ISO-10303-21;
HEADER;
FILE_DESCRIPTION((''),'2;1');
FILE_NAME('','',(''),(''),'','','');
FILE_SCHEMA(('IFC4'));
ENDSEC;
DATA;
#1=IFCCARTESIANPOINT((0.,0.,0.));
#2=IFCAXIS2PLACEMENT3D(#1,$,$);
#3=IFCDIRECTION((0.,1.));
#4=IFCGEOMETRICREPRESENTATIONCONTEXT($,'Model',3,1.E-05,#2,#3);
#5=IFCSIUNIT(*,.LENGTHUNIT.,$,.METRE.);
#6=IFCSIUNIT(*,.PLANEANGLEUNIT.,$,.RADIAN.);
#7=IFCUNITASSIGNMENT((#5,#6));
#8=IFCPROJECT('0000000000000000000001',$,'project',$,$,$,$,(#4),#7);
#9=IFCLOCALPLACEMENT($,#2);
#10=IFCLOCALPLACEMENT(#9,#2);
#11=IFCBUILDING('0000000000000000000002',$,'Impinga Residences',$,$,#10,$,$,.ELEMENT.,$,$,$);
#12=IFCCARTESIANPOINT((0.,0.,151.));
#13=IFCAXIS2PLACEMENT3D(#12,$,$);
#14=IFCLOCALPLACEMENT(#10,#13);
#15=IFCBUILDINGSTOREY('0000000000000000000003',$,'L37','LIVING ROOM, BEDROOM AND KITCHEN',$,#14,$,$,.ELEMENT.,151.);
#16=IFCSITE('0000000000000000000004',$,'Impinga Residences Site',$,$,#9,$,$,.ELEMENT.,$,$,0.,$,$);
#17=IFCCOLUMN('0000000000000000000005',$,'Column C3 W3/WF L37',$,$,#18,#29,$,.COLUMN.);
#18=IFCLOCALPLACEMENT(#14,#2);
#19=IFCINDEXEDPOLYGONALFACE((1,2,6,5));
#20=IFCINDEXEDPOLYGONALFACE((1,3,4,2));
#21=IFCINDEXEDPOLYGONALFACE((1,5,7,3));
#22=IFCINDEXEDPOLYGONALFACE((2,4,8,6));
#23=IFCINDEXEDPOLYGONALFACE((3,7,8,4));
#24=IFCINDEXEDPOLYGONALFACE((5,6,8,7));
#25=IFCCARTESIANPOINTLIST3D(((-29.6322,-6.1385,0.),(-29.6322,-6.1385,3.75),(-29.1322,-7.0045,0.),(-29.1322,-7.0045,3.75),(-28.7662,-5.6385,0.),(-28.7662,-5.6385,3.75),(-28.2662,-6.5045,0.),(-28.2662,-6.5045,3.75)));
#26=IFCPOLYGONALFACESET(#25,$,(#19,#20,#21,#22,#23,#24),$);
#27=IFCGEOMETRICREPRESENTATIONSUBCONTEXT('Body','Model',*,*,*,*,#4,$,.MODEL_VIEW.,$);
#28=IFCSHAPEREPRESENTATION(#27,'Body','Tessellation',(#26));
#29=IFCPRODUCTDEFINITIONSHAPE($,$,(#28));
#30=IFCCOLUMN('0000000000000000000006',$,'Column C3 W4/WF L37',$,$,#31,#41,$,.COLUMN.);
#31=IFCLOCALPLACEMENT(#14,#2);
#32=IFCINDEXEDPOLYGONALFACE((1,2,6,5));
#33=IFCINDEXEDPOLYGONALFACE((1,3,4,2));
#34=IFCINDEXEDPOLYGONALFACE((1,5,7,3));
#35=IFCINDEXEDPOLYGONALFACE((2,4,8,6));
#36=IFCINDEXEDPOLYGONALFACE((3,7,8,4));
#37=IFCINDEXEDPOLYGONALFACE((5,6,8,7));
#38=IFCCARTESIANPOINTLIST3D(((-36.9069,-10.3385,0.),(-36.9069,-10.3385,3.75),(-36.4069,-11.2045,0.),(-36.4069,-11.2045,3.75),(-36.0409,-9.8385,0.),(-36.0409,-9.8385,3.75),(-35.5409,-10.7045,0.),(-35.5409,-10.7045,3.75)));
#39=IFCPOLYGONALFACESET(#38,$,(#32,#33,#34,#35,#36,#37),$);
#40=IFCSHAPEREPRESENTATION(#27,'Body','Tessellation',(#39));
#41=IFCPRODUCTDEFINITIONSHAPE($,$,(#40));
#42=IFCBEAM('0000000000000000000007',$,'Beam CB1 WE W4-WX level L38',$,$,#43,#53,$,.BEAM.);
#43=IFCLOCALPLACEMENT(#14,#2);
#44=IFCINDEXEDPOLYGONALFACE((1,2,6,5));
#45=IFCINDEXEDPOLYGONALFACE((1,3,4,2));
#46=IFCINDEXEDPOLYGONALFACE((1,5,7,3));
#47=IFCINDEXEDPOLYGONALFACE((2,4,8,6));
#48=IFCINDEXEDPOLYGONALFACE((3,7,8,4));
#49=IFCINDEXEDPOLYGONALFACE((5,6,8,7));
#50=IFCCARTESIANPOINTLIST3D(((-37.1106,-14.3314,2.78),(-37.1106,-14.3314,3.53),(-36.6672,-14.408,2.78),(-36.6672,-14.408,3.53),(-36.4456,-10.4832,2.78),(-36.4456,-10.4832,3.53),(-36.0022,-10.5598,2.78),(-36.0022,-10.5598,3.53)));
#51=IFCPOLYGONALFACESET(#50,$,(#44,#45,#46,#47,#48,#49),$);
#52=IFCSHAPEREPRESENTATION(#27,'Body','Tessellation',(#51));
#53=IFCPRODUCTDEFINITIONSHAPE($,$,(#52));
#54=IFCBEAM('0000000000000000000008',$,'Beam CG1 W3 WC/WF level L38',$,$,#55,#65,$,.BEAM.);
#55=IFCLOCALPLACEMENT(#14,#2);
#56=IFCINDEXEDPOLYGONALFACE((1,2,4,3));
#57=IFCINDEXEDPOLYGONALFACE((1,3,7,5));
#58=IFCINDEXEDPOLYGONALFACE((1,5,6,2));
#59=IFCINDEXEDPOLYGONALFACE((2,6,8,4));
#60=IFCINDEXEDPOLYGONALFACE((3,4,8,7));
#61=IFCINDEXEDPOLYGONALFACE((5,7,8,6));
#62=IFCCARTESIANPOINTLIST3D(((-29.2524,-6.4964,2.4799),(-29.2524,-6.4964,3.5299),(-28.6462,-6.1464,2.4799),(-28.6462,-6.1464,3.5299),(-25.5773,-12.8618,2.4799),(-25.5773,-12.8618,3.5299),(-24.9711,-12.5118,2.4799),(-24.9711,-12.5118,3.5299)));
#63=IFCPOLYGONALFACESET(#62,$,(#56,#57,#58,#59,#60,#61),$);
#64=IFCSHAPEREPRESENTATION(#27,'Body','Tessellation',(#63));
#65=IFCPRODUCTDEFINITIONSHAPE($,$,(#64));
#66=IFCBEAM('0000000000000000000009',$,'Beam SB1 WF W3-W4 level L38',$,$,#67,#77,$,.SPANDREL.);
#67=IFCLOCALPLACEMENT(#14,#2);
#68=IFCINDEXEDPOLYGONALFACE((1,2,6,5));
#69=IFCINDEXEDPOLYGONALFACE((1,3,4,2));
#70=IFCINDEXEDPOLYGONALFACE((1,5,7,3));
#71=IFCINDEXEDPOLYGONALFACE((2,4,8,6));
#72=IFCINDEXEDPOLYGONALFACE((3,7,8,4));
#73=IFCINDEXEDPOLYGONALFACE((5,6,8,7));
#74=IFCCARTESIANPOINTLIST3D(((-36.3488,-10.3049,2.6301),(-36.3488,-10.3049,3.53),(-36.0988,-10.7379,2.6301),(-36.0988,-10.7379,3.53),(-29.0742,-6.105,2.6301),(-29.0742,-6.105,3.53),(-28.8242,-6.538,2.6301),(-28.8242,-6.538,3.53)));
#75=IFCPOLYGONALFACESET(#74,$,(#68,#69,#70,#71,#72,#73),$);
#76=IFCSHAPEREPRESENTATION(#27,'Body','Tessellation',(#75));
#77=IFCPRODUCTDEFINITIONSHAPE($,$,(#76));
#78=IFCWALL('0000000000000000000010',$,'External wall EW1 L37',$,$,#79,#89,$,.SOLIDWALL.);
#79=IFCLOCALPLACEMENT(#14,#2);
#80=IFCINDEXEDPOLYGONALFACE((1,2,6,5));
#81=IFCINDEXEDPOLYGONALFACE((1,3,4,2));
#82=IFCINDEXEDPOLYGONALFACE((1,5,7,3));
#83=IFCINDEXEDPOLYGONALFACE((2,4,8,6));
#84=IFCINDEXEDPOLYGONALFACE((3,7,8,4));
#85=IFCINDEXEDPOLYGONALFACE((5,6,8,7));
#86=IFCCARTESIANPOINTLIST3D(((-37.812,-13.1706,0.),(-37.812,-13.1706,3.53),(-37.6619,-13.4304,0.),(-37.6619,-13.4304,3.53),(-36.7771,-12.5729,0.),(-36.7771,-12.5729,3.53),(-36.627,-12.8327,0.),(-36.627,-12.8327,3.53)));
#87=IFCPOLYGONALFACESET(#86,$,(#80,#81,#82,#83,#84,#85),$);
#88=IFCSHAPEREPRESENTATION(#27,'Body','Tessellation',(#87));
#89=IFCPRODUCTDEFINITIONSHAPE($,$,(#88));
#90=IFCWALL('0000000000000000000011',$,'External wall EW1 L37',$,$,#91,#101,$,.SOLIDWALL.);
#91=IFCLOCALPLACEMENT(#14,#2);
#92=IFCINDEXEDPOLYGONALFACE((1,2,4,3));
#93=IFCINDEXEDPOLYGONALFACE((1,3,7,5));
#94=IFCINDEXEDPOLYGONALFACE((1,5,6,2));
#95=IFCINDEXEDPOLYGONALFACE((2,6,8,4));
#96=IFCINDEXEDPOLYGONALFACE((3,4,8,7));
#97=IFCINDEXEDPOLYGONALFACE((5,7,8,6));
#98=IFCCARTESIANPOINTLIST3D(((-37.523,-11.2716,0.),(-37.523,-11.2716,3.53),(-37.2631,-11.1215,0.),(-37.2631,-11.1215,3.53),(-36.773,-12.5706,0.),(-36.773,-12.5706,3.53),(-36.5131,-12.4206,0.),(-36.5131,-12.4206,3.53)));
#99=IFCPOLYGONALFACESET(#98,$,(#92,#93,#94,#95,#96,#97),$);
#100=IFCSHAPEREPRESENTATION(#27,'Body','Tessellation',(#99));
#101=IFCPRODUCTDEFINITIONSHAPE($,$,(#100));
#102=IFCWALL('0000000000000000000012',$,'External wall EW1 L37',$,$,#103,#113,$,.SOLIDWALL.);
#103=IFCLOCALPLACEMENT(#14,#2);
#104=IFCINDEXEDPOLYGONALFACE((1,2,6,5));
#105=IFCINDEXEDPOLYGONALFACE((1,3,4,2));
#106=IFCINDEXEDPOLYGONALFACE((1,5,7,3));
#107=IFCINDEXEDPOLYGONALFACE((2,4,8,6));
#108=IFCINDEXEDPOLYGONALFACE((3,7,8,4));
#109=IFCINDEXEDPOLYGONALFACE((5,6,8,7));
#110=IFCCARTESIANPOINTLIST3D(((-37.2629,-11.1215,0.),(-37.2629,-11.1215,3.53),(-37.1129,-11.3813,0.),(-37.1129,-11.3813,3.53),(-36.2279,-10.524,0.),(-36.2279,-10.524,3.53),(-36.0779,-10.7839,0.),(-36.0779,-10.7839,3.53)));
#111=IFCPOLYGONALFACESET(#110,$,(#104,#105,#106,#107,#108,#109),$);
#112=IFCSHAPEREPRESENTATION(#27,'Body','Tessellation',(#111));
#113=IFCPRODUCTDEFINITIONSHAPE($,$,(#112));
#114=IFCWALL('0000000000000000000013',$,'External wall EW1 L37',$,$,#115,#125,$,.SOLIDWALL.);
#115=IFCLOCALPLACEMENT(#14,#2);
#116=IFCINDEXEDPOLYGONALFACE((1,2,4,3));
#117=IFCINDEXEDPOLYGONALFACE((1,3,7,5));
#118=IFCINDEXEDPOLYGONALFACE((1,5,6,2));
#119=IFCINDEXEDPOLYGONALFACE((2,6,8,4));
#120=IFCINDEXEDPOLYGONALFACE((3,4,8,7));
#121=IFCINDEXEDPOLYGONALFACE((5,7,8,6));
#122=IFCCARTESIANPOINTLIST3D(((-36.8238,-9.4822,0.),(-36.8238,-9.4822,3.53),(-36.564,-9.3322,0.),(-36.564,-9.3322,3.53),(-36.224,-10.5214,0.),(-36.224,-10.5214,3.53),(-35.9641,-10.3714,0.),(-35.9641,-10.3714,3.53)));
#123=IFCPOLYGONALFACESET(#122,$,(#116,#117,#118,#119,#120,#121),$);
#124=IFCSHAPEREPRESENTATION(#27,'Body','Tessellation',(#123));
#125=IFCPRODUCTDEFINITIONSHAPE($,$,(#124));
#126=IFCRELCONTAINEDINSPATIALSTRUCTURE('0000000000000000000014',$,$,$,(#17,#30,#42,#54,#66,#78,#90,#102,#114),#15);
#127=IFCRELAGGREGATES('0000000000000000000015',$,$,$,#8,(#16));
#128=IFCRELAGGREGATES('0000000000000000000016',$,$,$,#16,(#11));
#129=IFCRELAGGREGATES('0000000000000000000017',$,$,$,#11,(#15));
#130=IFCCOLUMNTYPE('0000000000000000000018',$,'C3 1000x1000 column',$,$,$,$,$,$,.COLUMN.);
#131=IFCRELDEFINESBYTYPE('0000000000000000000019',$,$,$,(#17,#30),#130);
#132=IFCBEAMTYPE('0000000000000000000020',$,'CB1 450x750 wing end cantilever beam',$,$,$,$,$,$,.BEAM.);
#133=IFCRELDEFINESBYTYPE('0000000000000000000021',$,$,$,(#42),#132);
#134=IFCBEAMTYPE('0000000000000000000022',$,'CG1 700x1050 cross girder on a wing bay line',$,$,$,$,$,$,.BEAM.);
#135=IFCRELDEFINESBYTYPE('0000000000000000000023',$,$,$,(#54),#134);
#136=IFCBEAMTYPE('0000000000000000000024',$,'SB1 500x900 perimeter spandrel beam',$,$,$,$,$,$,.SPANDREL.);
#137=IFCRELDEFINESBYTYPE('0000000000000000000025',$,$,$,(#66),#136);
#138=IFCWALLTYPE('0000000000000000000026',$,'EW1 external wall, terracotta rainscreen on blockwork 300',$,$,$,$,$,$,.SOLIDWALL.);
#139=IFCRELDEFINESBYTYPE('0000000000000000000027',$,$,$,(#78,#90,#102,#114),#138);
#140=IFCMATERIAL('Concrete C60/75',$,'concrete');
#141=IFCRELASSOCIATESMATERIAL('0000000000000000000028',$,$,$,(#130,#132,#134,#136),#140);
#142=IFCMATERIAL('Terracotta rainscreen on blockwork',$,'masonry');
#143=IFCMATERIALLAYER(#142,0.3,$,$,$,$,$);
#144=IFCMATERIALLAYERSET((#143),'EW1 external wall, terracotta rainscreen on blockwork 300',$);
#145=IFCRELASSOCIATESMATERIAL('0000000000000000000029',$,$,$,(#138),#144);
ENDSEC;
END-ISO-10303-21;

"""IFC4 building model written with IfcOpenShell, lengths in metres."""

from ifc_helpers import new_model, si_unit, direction, frame, frame_2d, origin, origin_2d, place, context, subcontext, project, spatial, rectangle, extrude, material, layer, layer_set, material_profile, profile_set, type_object, element, save


model = new_model("IFC4")

# Units and contexts
model_context = context("Model", 3, precision=1e-05, world=origin(), true_north=direction((0.0, 1.0)))
body_context = subcontext(model_context, "Body", "Model", "MODEL_VIEW")
ifc_project = project(units=[si_unit("LENGTHUNIT", "METRE"), si_unit("PLANEANGLEUNIT", "RADIAN")], contexts=[model_context])

# Site, building, storey
site_placement = place(None, origin())
site = spatial("IfcSite", under=ifc_project, at=site_placement, Name="Impinga Residences Site", CompositionType="ELEMENT", RefElevation=0.0)
building_placement = place(site_placement, origin())
building = spatial("IfcBuilding", under=site, at=building_placement, Name="Impinga Residences", CompositionType="ELEMENT")
storey_placement = place(building_placement, frame((0.0, 0.0, 151.0)))
storey = spatial("IfcBuildingStorey", under=building, at=storey_placement, Name="L37", Description="LIVING ROOM, BEDROOM AND KITCHEN", CompositionType="ELEMENT", Elevation=151.0)

# Columns
ifc_material_1 = material(Name="Concrete C60/75", Category="concrete")
ifc_material_profile_1 = material_profile(ifc_material_1, rectangle(XDim=1.0, YDim=1.0, at=origin_2d()), Name="RC 1000x1000")
ifc_profile_set_1 = profile_set([ifc_material_profile_1], Name="Concrete C60/75")
column_type = type_object("IfcColumnType", Name="C3 1000x1000 column", PredefinedType="COLUMN", material=ifc_profile_set_1)
for number, where, z_axis, x_axis, name in (
    (1, (-28.9492, -6.3215, 0.0), (0.0, 0.0, 1.0), (-0.5, 0.866025, 0.0), "Column C3 W3/WF L37"),
    (2, (-36.2239, -10.5215, 0.0), (0.0, 0.0, 1.0), (-0.5, 0.866025, 0.0), "Column C3 W4/WF L37"),
):
    element("IfcColumn", number, at=place(storey_placement, frame(where, z_axis=z_axis, x_axis=x_axis)), inside=storey, type_object=column_type, Name=name, PredefinedType="COLUMN", context=body_context, shape_type="SweptSolid", body=[
        extrude(rectangle(XDim=1.0, YDim=1.0, at=origin_2d()), origin(), (0.0, 0.0, 1.0), 3.75),
    ])

# Beams
ifc_material_profile_2 = material_profile(ifc_material_1, rectangle(XDim=0.45, YDim=0.75, at=origin_2d()), Name="RC 450x750")
ifc_profile_set_2 = profile_set([ifc_material_profile_2], Name="Concrete C60/75")
beam_type_1 = type_object("IfcBeamType", Name="CB1 450x750 wing end cantilever beam", PredefinedType="BEAM", material=ifc_profile_set_2)
beam_1_placement = place(storey_placement, frame((-36.2239, -10.5215, 3.155), z_axis=(-0.170296, -0.985393, 0.0), x_axis=(0.985393, -0.170296, 0.0)))
element("IfcBeam", 3, at=beam_1_placement, inside=storey, type_object=beam_type_1, Name="Beam CB1 WE W4-WX level L38", PredefinedType="BEAM", context=body_context, shape_type="SweptSolid", body=[
    extrude(rectangle(XDim=0.45, YDim=0.75, at=origin_2d()), origin(), (0.0, 0.0, 1.0), 3.9053),
])
ifc_material_profile_3 = material_profile(ifc_material_1, rectangle(XDim=0.7, YDim=1.05, at=origin_2d()), Name="RC 700x1050")
ifc_profile_set_3 = profile_set([ifc_material_profile_3], Name="Concrete C60/75")
beam_type_2 = type_object("IfcBeamType", Name="CG1 700x1050 cross girder on a wing bay line", PredefinedType="BEAM", material=ifc_profile_set_3)
beam_2_placement = place(storey_placement, frame((-25.2742, -12.6868, 3.0049), z_axis=(-0.500008, 0.866021, 0.0), x_axis=(-0.866021, -0.500008, 0.0)))
element("IfcBeam", 4, at=beam_2_placement, inside=storey, type_object=beam_type_2, Name="Beam CG1 W3 WC/WF level L38", PredefinedType="BEAM", context=body_context, shape_type="SweptSolid", body=[
    extrude(rectangle(XDim=0.7, YDim=1.05, at=origin_2d()), origin(), (0.0, 0.0, 1.0), 7.3501),
])
ifc_material_profile_4 = material_profile(ifc_material_1, rectangle(XDim=0.5, YDim=0.8999, at=origin_2d()), Name="RC 500x900")
ifc_profile_set_4 = profile_set([ifc_material_profile_4], Name="Concrete C60/75")
beam_type_3 = type_object("IfcBeamType", Name="SB1 500x900 perimeter spandrel beam", PredefinedType="SPANDREL", material=ifc_profile_set_4)
beam_3_placement = place(storey_placement, frame((-28.9492, -6.3215, 3.0801), z_axis=(-0.866029, -0.499993, 0.0), x_axis=(0.499993, -0.866029, 0.0)))
element("IfcBeam", 5, at=beam_3_placement, inside=storey, type_object=beam_type_3, Name="Beam SB1 WF W3-W4 level L38", PredefinedType="SPANDREL", context=body_context, shape_type="SweptSolid", body=[
    extrude(rectangle(XDim=0.5, YDim=0.8999, at=origin_2d()), origin(), (0.0, 0.0, 1.0), 8.3999),
])

# Walls
ifc_material_2 = material(Name="Terracotta rainscreen on blockwork", Category="masonry")
ifc_layer_1 = layer(ifc_material_2, 0.3)
ifc_layer_set_1 = layer_set([ifc_layer_1], Name="EW1 external wall, terracotta rainscreen on blockwork 300")
wall_type_1 = type_object("IfcWallType", Name="EW1 external wall, terracotta rainscreen on blockwork 300", PredefinedType="SOLIDWALL", material=ifc_layer_set_1)
wall_1_placement = place(storey_placement, frame((-37.7371, -13.3005, 0.0), z_axis=(0.0, 0.0, 1.0), x_axis=(0.865971, 0.500094, 0.0)))
element("IfcWall", 6, at=wall_1_placement, inside=storey, type_object=wall_type_1, Name="External wall EW1 L37", PredefinedType="SOLIDWALL", context=body_context, shape_type="SweptSolid", body=[
    extrude(rectangle(XDim=1.1951, YDim=0.3, at=frame_2d((0.5977, 0.0))), origin(), (0.0, 0.0, 1.0), 3.53),
])
wall_2_placement = place(storey_placement, frame((-36.6431, -12.4956, 0.0), z_axis=(0.0, 0.0, 1.0), x_axis=(-0.49999, 0.866031, 0.0)))
element("IfcWall", 7, at=wall_2_placement, inside=storey, type_object=wall_type_1, Name="External wall EW1 L37", PredefinedType="SOLIDWALL", context=body_context, shape_type="SweptSolid", body=[
    extrude(rectangle(XDim=1.5, YDim=0.3, at=frame_2d((0.75, 0.0))), origin(), (0.0, 0.0, 1.0), 3.53),
])
wall_3_placement = place(storey_placement, frame((-37.188, -11.2515, 0.0), z_axis=(0.0, 0.0, 1.0), x_axis=(0.86606, 0.499941, 0.0)))
element("IfcWall", 8, at=wall_3_placement, inside=storey, type_object=wall_type_1, Name="External wall EW1 L37", PredefinedType="SOLIDWALL", context=body_context, shape_type="SweptSolid", body=[
    extrude(rectangle(XDim=1.1951, YDim=0.3, at=frame_2d((0.5977, 0.0))), origin(), (0.0, 0.0, 1.0), 3.53),
])
wall_4_placement = place(storey_placement, frame((-36.094, -10.4465, 0.0), z_axis=(0.0, 0.0, 1.0), x_axis=(-0.499881, 0.866094, 0.0)))
element("IfcWall", 9, at=wall_4_placement, inside=storey, type_object=wall_type_1, Name="External wall EW1 L37", PredefinedType="SOLIDWALL", context=body_context, shape_type="SweptSolid", body=[
    extrude(rectangle(XDim=1.2, YDim=0.3, at=frame_2d((0.6001, 0.0))), origin(), (0.0, 0.0, 1.0), 3.53),
])

save(model, "model.ifc")
